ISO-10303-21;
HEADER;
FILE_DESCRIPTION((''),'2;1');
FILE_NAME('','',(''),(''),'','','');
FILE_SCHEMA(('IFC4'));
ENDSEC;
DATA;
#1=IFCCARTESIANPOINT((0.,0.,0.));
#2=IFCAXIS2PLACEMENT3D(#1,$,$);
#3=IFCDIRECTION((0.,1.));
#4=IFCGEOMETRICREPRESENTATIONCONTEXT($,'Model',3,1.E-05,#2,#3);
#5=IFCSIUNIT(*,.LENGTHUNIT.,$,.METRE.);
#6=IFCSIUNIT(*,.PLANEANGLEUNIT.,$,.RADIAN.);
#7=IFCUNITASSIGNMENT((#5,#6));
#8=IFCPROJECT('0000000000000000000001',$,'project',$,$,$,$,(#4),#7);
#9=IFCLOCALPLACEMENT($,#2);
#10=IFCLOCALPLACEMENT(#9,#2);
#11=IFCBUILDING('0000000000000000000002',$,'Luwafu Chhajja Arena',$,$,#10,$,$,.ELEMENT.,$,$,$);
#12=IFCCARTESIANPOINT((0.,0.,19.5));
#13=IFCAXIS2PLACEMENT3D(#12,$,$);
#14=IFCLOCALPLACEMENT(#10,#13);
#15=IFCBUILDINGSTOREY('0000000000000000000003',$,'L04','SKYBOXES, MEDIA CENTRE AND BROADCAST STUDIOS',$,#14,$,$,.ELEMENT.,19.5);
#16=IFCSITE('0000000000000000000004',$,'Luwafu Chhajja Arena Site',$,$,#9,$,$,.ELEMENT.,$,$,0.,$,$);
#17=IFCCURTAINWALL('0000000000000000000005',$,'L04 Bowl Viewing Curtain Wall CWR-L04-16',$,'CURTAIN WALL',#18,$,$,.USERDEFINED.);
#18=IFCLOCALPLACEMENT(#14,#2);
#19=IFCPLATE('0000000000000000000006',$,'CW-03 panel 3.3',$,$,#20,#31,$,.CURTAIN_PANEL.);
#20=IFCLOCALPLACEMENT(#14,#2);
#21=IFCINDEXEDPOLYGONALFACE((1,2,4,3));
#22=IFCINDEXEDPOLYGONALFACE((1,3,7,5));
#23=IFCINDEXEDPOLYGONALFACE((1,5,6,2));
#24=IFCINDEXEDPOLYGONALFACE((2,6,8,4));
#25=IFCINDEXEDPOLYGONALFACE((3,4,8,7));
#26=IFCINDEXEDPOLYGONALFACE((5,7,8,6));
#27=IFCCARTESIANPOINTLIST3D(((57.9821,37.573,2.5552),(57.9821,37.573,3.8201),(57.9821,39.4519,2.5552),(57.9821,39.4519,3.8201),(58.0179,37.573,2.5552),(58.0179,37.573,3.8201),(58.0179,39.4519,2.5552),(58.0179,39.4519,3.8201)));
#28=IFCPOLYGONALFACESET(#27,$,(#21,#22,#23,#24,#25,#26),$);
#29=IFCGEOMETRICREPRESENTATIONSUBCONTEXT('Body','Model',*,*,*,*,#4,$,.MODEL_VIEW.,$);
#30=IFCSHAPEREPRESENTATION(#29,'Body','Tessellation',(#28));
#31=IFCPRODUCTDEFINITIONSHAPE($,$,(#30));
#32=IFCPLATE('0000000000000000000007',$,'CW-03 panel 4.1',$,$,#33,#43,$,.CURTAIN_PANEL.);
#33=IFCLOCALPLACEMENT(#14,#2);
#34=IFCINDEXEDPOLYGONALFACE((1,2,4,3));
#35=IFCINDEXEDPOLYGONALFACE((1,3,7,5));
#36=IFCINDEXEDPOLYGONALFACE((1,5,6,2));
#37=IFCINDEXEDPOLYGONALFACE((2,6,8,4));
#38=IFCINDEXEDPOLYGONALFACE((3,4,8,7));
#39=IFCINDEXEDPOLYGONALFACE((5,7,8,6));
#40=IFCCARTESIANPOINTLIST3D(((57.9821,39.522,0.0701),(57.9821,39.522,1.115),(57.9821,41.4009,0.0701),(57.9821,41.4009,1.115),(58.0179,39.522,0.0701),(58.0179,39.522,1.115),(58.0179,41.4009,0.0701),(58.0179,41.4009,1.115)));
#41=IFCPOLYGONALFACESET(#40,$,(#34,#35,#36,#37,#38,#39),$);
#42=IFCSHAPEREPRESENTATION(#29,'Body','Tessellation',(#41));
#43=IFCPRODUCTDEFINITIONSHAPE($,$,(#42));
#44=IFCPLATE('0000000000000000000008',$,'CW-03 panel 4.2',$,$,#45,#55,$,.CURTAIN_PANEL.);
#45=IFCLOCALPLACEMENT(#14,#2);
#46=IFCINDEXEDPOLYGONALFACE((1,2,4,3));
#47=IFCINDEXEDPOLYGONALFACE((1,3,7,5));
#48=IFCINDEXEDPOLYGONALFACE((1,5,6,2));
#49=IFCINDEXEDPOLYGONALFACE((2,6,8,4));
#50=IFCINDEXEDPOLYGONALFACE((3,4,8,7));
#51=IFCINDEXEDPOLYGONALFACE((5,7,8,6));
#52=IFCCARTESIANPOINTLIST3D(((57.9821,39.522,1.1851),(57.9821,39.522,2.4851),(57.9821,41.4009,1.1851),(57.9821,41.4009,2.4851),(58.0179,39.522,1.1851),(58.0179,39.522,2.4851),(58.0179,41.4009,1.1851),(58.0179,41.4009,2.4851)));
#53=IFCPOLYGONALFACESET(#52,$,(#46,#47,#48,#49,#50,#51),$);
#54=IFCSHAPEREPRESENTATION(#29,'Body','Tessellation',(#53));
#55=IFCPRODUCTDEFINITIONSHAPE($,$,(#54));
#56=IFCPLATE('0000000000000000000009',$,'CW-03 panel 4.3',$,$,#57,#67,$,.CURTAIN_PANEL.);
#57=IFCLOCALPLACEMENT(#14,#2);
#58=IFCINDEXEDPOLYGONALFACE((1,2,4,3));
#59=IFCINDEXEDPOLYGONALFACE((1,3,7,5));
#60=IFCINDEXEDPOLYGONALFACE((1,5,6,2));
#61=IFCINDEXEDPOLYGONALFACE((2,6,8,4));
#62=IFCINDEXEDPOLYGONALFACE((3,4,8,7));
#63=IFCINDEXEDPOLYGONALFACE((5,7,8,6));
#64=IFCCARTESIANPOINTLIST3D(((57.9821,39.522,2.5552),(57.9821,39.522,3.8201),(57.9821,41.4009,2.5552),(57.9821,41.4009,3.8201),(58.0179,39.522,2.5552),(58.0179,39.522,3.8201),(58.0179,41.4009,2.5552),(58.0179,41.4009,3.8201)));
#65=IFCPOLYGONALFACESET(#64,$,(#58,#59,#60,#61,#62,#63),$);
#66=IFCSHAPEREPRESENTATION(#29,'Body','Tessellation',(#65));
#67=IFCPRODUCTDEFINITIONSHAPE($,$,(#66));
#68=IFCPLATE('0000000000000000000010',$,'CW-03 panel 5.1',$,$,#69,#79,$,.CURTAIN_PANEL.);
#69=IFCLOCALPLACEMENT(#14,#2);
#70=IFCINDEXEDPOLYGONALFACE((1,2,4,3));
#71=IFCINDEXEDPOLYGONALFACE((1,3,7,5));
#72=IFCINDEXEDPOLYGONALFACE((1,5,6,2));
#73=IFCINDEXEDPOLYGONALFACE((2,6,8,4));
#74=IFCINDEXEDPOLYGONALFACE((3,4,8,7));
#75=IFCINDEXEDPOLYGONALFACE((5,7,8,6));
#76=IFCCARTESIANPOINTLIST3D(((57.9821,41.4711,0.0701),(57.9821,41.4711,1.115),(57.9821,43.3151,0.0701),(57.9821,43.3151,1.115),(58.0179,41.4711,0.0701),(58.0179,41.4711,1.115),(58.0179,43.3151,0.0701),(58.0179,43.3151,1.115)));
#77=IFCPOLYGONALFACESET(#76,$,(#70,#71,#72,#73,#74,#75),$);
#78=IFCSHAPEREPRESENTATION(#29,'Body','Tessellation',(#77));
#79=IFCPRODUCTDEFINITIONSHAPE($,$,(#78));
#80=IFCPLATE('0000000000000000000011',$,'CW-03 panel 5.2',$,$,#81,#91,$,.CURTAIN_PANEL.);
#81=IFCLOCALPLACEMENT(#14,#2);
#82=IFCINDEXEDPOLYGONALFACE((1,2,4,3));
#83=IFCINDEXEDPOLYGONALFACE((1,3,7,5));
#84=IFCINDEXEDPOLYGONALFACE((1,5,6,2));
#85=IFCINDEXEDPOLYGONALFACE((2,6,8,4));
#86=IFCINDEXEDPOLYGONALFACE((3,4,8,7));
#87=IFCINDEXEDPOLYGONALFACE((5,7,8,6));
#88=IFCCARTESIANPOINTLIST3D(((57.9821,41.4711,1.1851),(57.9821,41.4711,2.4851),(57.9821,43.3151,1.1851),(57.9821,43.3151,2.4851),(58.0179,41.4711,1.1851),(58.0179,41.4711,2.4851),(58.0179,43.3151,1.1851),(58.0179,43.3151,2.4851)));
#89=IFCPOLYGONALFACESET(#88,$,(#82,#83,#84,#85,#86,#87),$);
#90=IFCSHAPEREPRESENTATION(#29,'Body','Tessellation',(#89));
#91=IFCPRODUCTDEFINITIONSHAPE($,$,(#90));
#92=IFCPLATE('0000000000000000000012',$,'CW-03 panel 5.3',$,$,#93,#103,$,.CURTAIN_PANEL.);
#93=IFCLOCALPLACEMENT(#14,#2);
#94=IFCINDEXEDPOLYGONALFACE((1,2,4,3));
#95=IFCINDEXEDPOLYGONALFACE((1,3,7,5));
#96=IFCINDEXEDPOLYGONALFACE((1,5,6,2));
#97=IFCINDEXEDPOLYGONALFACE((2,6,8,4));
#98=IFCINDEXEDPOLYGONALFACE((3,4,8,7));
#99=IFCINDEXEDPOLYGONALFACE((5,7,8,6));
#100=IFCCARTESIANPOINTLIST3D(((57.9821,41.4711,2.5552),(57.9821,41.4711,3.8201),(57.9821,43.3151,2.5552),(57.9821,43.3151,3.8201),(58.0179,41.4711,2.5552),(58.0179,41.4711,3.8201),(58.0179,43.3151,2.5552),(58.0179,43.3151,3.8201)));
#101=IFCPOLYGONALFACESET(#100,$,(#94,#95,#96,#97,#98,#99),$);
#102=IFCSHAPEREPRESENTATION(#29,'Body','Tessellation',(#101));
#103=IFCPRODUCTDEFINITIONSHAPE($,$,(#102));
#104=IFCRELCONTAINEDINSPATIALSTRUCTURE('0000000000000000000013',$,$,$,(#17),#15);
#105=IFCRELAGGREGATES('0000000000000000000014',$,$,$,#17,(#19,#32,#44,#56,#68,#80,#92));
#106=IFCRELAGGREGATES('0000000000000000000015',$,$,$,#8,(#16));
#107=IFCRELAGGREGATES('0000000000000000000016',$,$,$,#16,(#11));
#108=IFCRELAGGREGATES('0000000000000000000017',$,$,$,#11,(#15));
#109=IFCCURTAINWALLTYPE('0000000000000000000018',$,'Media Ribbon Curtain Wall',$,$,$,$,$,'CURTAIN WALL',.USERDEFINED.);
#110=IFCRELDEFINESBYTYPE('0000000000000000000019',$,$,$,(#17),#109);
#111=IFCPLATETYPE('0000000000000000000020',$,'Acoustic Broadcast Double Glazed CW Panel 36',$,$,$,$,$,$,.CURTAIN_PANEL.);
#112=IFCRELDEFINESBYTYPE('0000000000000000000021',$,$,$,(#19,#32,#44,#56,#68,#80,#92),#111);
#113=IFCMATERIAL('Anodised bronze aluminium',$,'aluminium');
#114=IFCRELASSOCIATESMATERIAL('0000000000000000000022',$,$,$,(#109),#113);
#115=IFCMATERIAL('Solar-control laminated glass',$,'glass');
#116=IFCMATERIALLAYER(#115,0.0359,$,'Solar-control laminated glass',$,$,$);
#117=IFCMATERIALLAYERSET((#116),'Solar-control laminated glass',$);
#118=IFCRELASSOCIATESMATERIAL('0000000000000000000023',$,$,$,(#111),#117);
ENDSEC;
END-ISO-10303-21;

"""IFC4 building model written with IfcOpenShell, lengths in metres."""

from ifc_helpers import new_model, si_unit, direction, frame, origin, origin_2d, place, context, subcontext, project, spatial, rectangle, extrude, material, layer, layer_set, type_object, element, aggregate, save


model = new_model("IFC4")

# Units and contexts
model_context = context("Model", 3, precision=1e-05, world=origin(), true_north=direction((0.0, 1.0)))
body_context = subcontext(model_context, "Body", "Model", "MODEL_VIEW")
ifc_project = project(units=[si_unit("LENGTHUNIT", "METRE"), si_unit("PLANEANGLEUNIT", "RADIAN")], contexts=[model_context])

# Site, building, storey
site_placement = place(None, origin())
site = spatial("IfcSite", under=ifc_project, at=site_placement, Name="Luwafu Chhajja Arena Site", CompositionType="ELEMENT", RefElevation=0.0)
building_placement = place(site_placement, origin())
building = spatial("IfcBuilding", under=site, at=building_placement, Name="Luwafu Chhajja Arena", CompositionType="ELEMENT")
storey_placement = place(building_placement, frame((0.0, 0.0, 19.5)))
storey = spatial("IfcBuildingStorey", under=building, at=storey_placement, Name="L04", Description="SKYBOXES, MEDIA CENTRE AND BROADCAST STUDIOS", CompositionType="ELEMENT", Elevation=19.5)

# Curtain wall
ifc_material_1 = material(Name="Anodised bronze aluminium", Category="aluminium")
curtain_wall_type = type_object("IfcCurtainWallType", Name="Media Ribbon Curtain Wall", ElementType="CURTAIN WALL", PredefinedType="USERDEFINED", material=ifc_material_1)
curtain_wall_placement = place(storey_placement, origin())
curtain_wall = element("IfcCurtainWall", 1, at=curtain_wall_placement, inside=storey, type_object=curtain_wall_type, Name="L04 Bowl Viewing Curtain Wall CWR-L04-16", ObjectType="CURTAIN WALL", PredefinedType="USERDEFINED")

# Plates
ifc_material_2 = material(Name="Solar-control laminated glass", Category="glass")
ifc_layer = layer(ifc_material_2, 0.0359, Name="Solar-control laminated glass")
ifc_layer_set = layer_set([ifc_layer], Name="Solar-control laminated glass")
plate_type = type_object("IfcPlateType", Name="Acoustic Broadcast Double Glazed CW Panel 36", PredefinedType="CURTAIN_PANEL", material=ifc_layer_set)
plate_1_placement = place(storey_placement, frame((58.0, 38.5125, 2.5552), z_axis=(0.0, 0.0, 1.0), x_axis=(0.0, 1.0, 0.0)))
plate_1 = element("IfcPlate", 2, at=plate_1_placement, type_object=plate_type, Name="CW-03 panel 3.3", PredefinedType="CURTAIN_PANEL", context=body_context, shape_type="SweptSolid", body=[
    extrude(rectangle(XDim=1.8789, YDim=0.0359, at=origin_2d()), origin(), (0.0, 0.0, 1.0), 1.2649),
])
plate_2_placement = place(storey_placement, frame((58.0, 40.4614, 0.0701), z_axis=(0.0, 0.0, 1.0), x_axis=(0.0, 1.0, 0.0)))
plate_2 = element("IfcPlate", 3, at=plate_2_placement, type_object=plate_type, Name="CW-03 panel 4.1", PredefinedType="CURTAIN_PANEL", context=body_context, shape_type="SweptSolid", body=[
    extrude(rectangle(XDim=1.8789, YDim=0.0359, at=origin_2d()), origin(), (0.0, 0.0, 1.0), 1.0449),
])
plate_3_placement = place(storey_placement, frame((58.0, 40.4614, 1.1851), z_axis=(0.0, 0.0, 1.0), x_axis=(0.0, 1.0, 0.0)))
plate_3 = element("IfcPlate", 4, at=plate_3_placement, type_object=plate_type, Name="CW-03 panel 4.2", PredefinedType="CURTAIN_PANEL", context=body_context, shape_type="SweptSolid", body=[
    extrude(rectangle(XDim=1.8789, YDim=0.0359, at=origin_2d()), origin(), (0.0, 0.0, 1.0), 1.3),
])
plate_4_placement = place(storey_placement, frame((58.0, 40.4614, 2.5552), z_axis=(0.0, 0.0, 1.0), x_axis=(0.0, 1.0, 0.0)))
plate_4 = element("IfcPlate", 5, at=plate_4_placement, type_object=plate_type, Name="CW-03 panel 4.3", PredefinedType="CURTAIN_PANEL", context=body_context, shape_type="SweptSolid", body=[
    extrude(rectangle(XDim=1.8789, YDim=0.0359, at=origin_2d()), origin(), (0.0, 0.0, 1.0), 1.2649),
])
plate_5_placement = place(storey_placement, frame((58.0, 42.3931, 0.0701), z_axis=(0.0, 0.0, 1.0), x_axis=(0.0, 1.0, 0.0)))
plate_5 = element("IfcPlate", 6, at=plate_5_placement, type_object=plate_type, Name="CW-03 panel 5.1", PredefinedType="CURTAIN_PANEL", context=body_context, shape_type="SweptSolid", body=[
    extrude(rectangle(XDim=1.844, YDim=0.0359, at=origin_2d()), origin(), (0.0, 0.0, 1.0), 1.0449),
])
plate_6_placement = place(storey_placement, frame((58.0, 42.3931, 1.1851), z_axis=(0.0, 0.0, 1.0), x_axis=(0.0, 1.0, 0.0)))
plate_6 = element("IfcPlate", 7, at=plate_6_placement, type_object=plate_type, Name="CW-03 panel 5.2", PredefinedType="CURTAIN_PANEL", context=body_context, shape_type="SweptSolid", body=[
    extrude(rectangle(XDim=1.844, YDim=0.0359, at=origin_2d()), origin(), (0.0, 0.0, 1.0), 1.3),
])
plate_7_placement = place(storey_placement, frame((58.0, 42.3931, 2.5552), z_axis=(0.0, 0.0, 1.0), x_axis=(0.0, 1.0, 0.0)))
plate_7 = element("IfcPlate", 8, at=plate_7_placement, type_object=plate_type, Name="CW-03 panel 5.3", PredefinedType="CURTAIN_PANEL", context=body_context, shape_type="SweptSolid", body=[
    extrude(rectangle(XDim=1.844, YDim=0.0359, at=origin_2d()), origin(), (0.0, 0.0, 1.0), 1.2649),
])
aggregate(curtain_wall, [plate_1, plate_2, plate_3, plate_4, plate_5, plate_6, plate_7])

save(model, "model.ifc")
